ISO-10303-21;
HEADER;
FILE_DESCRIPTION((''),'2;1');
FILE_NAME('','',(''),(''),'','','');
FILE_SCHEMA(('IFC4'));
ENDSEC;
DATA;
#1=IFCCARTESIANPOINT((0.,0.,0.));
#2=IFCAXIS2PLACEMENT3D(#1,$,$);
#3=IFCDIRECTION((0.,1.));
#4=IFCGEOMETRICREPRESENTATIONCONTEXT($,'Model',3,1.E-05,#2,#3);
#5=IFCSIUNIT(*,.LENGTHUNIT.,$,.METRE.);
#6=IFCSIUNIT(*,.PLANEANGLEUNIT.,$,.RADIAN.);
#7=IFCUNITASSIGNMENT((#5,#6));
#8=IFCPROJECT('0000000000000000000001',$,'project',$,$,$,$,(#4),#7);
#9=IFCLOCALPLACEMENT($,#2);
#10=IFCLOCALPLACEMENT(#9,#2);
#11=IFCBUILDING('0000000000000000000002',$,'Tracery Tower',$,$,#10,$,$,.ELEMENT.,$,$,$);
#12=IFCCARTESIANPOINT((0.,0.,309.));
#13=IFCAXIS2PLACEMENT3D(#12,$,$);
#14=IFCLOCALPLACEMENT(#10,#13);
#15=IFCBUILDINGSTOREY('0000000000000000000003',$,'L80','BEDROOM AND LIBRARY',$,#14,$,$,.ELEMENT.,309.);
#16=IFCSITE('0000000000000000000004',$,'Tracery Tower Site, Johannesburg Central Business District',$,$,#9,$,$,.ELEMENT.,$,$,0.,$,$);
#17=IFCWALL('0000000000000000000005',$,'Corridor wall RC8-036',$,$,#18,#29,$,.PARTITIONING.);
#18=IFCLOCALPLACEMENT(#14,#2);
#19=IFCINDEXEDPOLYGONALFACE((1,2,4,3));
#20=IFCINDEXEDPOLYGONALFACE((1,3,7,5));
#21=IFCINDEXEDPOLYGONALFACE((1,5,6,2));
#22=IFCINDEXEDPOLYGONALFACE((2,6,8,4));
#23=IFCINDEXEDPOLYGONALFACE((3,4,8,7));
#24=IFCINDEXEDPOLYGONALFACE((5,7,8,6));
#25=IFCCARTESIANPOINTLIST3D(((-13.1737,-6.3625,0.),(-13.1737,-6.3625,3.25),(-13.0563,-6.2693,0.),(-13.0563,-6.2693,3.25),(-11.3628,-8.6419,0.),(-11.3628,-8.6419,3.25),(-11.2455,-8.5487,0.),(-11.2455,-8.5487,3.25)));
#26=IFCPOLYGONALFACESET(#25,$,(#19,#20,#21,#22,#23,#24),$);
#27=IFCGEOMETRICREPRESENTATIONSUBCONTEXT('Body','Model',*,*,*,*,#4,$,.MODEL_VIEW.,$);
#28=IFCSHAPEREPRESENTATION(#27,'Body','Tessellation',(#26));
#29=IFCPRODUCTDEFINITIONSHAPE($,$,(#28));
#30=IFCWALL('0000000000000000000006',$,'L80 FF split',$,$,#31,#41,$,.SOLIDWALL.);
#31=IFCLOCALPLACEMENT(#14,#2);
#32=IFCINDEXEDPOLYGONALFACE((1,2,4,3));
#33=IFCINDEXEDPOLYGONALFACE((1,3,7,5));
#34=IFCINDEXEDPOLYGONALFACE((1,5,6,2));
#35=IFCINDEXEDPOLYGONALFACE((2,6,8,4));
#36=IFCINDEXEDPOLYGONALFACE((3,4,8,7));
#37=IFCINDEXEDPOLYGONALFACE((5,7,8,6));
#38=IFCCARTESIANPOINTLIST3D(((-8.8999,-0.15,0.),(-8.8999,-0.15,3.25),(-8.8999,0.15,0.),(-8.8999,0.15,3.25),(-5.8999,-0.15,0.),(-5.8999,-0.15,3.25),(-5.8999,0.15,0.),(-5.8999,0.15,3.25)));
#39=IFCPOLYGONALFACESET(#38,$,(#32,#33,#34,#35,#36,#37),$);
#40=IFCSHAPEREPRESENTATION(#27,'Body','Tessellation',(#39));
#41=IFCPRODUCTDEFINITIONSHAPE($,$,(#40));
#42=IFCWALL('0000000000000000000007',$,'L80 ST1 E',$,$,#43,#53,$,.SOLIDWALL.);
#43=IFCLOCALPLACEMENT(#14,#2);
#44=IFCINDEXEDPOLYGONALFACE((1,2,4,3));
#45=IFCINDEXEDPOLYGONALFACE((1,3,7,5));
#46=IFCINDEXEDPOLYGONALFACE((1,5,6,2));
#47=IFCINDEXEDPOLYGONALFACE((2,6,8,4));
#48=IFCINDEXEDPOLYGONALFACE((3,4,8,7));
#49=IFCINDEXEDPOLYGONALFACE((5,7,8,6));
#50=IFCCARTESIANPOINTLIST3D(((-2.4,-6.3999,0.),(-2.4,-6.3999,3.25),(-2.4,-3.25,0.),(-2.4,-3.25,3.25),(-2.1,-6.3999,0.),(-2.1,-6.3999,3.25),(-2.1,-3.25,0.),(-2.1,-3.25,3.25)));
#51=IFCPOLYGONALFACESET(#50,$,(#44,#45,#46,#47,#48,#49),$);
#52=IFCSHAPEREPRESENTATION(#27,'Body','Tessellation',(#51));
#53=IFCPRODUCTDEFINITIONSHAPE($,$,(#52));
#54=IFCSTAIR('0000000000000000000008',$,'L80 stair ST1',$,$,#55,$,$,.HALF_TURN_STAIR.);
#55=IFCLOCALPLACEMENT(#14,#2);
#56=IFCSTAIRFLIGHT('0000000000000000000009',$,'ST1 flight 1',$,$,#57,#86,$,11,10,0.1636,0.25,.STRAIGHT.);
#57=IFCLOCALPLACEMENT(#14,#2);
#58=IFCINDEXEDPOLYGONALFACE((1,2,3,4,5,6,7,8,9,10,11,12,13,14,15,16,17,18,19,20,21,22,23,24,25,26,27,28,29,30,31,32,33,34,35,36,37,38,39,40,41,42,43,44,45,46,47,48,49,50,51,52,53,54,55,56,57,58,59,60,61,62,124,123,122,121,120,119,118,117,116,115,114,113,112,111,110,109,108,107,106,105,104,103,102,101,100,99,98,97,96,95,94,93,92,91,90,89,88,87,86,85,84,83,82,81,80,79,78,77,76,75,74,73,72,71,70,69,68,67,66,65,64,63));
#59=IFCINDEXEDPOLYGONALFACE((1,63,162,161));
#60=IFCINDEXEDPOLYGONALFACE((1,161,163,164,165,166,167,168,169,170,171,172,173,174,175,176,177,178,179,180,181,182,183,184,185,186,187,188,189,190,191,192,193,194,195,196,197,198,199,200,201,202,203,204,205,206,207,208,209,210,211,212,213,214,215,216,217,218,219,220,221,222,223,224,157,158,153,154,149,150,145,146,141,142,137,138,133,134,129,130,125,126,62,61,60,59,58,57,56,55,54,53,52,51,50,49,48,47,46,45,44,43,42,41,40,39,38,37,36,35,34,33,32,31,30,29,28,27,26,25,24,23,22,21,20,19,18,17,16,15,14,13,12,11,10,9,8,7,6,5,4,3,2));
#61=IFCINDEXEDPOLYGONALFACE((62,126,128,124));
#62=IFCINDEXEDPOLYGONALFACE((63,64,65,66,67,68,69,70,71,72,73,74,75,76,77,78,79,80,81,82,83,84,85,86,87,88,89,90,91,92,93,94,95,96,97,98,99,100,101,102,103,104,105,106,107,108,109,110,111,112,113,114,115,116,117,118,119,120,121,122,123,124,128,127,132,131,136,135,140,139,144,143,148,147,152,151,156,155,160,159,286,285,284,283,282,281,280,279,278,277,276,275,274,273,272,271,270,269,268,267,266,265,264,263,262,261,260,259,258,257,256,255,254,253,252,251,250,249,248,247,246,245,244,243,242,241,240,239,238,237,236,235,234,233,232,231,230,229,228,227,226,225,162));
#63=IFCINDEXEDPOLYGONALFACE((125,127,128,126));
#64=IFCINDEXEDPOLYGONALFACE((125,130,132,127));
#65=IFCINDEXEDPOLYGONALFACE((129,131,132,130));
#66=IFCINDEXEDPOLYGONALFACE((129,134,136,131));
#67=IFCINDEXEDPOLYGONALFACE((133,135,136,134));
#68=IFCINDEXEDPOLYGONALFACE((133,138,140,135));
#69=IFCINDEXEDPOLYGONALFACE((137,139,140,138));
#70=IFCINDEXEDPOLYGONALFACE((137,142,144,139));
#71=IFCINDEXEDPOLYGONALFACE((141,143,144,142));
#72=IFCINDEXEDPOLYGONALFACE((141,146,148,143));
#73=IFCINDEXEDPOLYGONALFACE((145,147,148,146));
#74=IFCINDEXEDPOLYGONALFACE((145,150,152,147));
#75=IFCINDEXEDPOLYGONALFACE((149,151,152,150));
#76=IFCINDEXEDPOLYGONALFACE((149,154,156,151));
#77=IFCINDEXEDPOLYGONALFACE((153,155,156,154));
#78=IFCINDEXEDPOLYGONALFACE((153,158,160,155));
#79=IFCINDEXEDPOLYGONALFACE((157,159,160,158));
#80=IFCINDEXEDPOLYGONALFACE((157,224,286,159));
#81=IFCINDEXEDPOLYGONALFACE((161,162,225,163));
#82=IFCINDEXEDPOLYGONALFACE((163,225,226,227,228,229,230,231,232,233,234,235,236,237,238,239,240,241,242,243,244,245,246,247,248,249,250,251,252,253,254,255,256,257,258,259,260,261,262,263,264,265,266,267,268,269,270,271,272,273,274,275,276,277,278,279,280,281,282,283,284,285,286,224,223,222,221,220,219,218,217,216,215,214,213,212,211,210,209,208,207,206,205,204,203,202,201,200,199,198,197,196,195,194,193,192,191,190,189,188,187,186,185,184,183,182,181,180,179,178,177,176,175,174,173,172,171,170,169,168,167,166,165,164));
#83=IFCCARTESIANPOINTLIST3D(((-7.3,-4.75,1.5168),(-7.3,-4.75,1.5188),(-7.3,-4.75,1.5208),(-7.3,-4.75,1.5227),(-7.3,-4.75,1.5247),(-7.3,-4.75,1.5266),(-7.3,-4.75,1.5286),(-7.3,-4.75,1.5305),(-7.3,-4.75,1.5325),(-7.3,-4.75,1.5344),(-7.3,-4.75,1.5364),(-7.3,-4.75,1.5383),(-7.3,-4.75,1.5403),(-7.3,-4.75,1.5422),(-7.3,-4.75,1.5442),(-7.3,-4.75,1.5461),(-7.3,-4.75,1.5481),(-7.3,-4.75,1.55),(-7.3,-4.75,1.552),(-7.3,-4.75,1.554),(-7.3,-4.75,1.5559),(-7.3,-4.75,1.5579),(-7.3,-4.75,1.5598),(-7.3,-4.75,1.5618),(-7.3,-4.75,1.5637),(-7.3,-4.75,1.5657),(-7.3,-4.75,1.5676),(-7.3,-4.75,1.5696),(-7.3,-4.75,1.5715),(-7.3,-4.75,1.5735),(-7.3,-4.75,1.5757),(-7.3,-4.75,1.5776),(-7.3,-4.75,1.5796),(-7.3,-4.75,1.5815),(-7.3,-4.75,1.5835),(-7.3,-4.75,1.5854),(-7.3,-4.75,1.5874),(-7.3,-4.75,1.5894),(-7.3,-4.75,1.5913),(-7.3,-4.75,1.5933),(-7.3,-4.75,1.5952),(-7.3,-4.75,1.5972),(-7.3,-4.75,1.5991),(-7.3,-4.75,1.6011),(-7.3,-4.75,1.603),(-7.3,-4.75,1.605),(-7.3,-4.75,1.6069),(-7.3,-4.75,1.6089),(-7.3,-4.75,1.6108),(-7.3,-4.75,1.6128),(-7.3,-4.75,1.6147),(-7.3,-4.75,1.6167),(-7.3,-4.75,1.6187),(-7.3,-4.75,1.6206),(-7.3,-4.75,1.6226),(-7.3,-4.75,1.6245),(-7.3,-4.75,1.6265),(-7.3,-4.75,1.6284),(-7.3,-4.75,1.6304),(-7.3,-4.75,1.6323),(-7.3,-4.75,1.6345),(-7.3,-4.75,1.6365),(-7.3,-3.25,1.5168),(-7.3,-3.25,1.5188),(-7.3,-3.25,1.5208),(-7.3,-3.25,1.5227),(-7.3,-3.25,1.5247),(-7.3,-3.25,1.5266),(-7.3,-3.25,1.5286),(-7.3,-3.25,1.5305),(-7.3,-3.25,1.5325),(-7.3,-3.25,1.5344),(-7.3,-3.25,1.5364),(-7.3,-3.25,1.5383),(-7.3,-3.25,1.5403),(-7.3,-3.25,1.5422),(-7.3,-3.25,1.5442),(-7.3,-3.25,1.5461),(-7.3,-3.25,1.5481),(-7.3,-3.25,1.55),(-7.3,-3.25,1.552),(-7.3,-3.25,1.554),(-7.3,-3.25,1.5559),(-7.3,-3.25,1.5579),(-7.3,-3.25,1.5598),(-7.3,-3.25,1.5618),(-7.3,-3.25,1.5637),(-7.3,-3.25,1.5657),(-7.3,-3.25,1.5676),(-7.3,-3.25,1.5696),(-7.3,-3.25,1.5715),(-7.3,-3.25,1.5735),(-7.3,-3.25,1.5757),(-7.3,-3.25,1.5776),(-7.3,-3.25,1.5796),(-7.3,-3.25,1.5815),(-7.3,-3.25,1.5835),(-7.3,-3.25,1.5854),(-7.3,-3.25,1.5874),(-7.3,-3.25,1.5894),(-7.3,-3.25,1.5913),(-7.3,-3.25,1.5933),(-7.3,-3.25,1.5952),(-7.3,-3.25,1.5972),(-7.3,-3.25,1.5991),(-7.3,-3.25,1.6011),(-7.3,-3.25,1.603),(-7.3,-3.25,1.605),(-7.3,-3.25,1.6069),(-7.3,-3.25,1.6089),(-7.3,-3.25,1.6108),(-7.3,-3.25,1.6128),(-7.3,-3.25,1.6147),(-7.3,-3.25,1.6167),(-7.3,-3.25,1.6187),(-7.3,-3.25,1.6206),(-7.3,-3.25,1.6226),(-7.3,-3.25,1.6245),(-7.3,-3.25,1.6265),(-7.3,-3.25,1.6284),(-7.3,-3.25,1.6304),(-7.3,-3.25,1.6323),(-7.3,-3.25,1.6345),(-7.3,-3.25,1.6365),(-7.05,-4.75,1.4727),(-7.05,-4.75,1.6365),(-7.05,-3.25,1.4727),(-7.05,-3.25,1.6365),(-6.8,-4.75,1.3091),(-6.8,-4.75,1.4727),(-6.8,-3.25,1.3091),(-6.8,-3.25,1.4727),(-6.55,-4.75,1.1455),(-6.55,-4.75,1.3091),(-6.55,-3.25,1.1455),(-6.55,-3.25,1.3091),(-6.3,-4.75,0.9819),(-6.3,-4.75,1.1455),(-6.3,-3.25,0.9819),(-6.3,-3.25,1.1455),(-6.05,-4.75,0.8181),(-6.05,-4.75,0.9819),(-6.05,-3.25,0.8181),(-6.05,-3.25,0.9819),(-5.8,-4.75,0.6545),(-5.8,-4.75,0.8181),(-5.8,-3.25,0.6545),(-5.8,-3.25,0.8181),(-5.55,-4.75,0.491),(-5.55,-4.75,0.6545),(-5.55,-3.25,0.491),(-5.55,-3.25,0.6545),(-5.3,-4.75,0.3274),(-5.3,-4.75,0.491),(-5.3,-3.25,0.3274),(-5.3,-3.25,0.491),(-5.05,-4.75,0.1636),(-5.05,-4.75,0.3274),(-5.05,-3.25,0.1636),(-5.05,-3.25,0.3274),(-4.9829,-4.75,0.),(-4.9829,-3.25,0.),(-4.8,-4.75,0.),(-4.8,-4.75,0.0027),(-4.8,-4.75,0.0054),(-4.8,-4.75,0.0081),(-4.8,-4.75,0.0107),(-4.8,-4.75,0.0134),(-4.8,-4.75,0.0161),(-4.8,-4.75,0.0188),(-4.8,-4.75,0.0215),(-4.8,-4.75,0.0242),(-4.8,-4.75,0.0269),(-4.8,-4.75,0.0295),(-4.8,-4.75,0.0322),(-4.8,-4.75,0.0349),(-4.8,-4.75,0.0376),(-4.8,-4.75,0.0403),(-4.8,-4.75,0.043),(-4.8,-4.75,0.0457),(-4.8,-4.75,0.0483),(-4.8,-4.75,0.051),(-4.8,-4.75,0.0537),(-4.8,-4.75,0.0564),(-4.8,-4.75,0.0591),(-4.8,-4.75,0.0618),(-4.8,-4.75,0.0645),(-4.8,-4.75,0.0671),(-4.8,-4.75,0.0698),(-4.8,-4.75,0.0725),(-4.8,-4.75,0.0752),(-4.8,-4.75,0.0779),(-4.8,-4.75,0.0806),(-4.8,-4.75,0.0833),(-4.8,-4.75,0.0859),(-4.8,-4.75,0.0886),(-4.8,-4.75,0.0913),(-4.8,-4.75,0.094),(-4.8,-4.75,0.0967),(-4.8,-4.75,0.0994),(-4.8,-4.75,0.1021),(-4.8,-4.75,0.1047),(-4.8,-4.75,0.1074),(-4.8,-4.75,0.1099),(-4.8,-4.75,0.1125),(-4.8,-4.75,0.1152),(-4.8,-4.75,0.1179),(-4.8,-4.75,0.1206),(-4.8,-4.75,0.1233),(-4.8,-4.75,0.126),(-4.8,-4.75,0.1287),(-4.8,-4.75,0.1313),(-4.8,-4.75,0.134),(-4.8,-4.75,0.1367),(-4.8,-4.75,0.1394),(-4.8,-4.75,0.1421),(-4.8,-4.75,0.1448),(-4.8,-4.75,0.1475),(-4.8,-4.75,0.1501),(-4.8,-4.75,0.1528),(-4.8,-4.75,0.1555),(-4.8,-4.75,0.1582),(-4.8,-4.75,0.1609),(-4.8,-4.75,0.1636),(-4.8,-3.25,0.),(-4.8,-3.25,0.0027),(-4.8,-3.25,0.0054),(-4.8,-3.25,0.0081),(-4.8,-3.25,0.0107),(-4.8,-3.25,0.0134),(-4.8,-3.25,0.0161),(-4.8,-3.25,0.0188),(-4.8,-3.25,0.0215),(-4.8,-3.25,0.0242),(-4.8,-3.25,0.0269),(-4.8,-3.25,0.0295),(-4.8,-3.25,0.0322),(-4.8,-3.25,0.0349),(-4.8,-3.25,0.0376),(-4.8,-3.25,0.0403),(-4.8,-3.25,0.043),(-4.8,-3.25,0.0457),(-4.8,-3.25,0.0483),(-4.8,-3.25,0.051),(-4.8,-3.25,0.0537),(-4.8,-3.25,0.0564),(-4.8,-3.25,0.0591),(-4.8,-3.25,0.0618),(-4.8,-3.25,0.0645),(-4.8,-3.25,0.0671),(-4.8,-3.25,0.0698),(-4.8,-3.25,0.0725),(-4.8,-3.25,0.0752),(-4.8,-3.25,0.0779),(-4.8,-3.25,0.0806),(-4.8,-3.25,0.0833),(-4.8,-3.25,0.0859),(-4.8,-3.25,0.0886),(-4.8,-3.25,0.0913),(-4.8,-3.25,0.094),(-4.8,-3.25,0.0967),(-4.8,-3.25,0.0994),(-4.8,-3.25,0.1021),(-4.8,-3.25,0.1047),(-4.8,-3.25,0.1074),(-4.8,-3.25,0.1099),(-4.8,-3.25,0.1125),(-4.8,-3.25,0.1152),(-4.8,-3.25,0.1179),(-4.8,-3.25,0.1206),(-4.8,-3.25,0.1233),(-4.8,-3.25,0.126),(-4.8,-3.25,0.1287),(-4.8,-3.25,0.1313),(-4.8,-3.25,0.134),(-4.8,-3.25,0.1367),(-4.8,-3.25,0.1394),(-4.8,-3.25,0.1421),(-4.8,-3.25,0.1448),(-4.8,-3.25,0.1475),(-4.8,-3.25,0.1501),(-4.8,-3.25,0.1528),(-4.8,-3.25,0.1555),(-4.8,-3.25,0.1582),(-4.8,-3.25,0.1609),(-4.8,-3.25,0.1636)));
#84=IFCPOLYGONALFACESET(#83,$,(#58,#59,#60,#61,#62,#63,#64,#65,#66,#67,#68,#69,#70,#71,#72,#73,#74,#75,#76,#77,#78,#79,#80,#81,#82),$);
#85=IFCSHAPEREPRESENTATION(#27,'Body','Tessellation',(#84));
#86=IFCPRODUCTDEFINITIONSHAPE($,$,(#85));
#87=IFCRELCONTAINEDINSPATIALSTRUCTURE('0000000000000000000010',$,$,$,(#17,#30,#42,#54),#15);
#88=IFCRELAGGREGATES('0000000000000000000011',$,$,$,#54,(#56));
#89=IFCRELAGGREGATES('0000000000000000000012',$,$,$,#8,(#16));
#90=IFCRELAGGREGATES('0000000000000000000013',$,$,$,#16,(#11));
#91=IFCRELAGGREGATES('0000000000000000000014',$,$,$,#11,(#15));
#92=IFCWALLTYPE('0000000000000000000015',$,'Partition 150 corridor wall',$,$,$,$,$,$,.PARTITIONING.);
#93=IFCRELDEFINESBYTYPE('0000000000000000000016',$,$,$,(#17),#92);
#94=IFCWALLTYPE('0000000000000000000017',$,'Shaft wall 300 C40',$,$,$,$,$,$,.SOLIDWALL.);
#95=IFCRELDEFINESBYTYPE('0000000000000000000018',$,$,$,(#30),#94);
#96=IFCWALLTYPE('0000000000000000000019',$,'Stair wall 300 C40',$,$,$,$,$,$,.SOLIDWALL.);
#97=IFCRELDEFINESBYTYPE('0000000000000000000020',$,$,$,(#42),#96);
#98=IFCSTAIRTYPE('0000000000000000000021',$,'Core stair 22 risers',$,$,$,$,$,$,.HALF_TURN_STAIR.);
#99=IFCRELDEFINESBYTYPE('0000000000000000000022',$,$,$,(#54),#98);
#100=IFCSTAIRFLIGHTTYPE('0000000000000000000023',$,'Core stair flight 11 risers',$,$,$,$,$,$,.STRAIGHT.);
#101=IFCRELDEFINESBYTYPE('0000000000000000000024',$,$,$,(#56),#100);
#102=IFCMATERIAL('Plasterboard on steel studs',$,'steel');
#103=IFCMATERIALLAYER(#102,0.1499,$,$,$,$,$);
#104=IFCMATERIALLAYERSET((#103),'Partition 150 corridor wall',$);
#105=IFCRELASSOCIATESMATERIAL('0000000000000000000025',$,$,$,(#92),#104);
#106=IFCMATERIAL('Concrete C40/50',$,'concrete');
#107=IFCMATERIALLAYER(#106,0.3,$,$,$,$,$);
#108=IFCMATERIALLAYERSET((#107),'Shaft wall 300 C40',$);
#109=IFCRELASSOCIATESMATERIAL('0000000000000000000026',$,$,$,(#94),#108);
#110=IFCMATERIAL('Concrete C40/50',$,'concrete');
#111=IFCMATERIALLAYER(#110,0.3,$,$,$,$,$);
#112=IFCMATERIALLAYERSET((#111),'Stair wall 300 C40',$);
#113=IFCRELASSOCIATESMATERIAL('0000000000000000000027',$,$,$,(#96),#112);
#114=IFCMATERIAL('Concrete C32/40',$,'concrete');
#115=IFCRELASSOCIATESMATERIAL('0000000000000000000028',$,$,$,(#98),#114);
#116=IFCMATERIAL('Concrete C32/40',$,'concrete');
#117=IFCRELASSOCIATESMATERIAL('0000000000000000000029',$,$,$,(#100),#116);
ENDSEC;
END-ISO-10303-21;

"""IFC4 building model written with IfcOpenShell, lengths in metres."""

from ifc_helpers import new_model, si_unit, direction, frame, frame_2d, origin, place, context, subcontext, project, spatial, polyline, rectangle, outline, extrude, material, layer, layer_set, type_object, element, aggregate, save


model = new_model("IFC4")

# Units and contexts
model_context = context("Model", 3, precision=1e-05, world=origin(), true_north=direction((0.0, 1.0)))
body_context = subcontext(model_context, "Body", "Model", "MODEL_VIEW")
ifc_project = project(units=[si_unit("LENGTHUNIT", "METRE"), si_unit("PLANEANGLEUNIT", "RADIAN")], contexts=[model_context])

# Site, building, storey
site_placement = place(None, origin())
site = spatial("IfcSite", under=ifc_project, at=site_placement, Name="Tracery Tower Site, Johannesburg Central Business District", CompositionType="ELEMENT", RefElevation=0.0)
building_placement = place(site_placement, origin())
building = spatial("IfcBuilding", under=site, at=building_placement, Name="Tracery Tower", CompositionType="ELEMENT")
storey_placement = place(building_placement, frame((0.0, 0.0, 309.0)))
storey = spatial("IfcBuildingStorey", under=building, at=storey_placement, Name="L80", Description="BEDROOM AND LIBRARY", CompositionType="ELEMENT", Elevation=309.0)

# Shared definitions
ifc_material_1 = material(Name="Plasterboard on steel studs", Category="steel")
ifc_layer_1 = layer(ifc_material_1, 0.1499)
ifc_layer_set_1 = layer_set([ifc_layer_1], Name="Partition 150 corridor wall")
wall_type_1 = type_object("IfcWallType", Name="Partition 150 corridor wall", PredefinedType="PARTITIONING", material=ifc_layer_set_1)

# Walls
wall_1_placement = place(storey_placement, frame((-13.115, -6.3159, 0.0), z_axis=(0.0, 0.0, 1.0), x_axis=(0.622042, -0.782983, 0.0)))
element("IfcWall", 1, at=wall_1_placement, inside=storey, type_object=wall_type_1, Name="Corridor wall RC8-036", PredefinedType="PARTITIONING", context=body_context, shape_type="SweptSolid", body=[
    extrude(rectangle(XDim=2.9111, YDim=0.1499, at=frame_2d((1.4556, 0.0))), origin(), (0.0, 0.0, 1.0), 3.25),
])
ifc_material_2 = material(Name="Concrete C40/50", Category="concrete")
ifc_layer_2 = layer(ifc_material_2, 0.3)
ifc_layer_set_2 = layer_set([ifc_layer_2], Name="Shaft wall 300 C40")
wall_type_2 = type_object("IfcWallType", Name="Shaft wall 300 C40", PredefinedType="SOLIDWALL", material=ifc_layer_set_2)
wall_2_placement = place(storey_placement, frame((-8.8999, 0.0, 0.0), z_axis=(0.0, 0.0, 1.0), x_axis=(1.0, 0.0, 0.0)))
element("IfcWall", 2, at=wall_2_placement, inside=storey, type_object=wall_type_2, Name="L80 FF split", PredefinedType="SOLIDWALL", context=body_context, shape_type="SweptSolid", body=[
    extrude(rectangle(XDim=3.0, YDim=0.3, at=frame_2d((1.5, 0.0))), origin(), (0.0, 0.0, 1.0), 3.25),
])

# Shared definitions
ifc_material_3 = material(Name="Concrete C40/50", Category="concrete")
ifc_layer_3 = layer(ifc_material_3, 0.3)
ifc_layer_set_3 = layer_set([ifc_layer_3], Name="Stair wall 300 C40")
wall_type_3 = type_object("IfcWallType", Name="Stair wall 300 C40", PredefinedType="SOLIDWALL", material=ifc_layer_set_3)

# Wall
wall_3_placement = place(storey_placement, frame((-2.25, -6.3999, 0.0), z_axis=(0.0, 0.0, 1.0), x_axis=(0.0, 1.0, 0.0)))
element("IfcWall", 3, at=wall_3_placement, inside=storey, type_object=wall_type_3, Name="L80 ST1 E", PredefinedType="SOLIDWALL", context=body_context, shape_type="SweptSolid", body=[
    extrude(rectangle(XDim=3.1499, YDim=0.3, at=frame_2d((1.575, 0.0))), origin(), (0.0, 0.0, 1.0), 3.25),
])

# Stair, stair flight
ifc_material_4 = material(Name="Concrete C32/40", Category="concrete")
stair_type = type_object("IfcStairType", Name="Core stair 22 risers", PredefinedType="HALF_TURN_STAIR", material=ifc_material_4)
stair_placement = place(storey_placement, origin())
stair = element("IfcStair", 4, at=stair_placement, inside=storey, type_object=stair_type, Name="L80 stair ST1", PredefinedType="HALF_TURN_STAIR")
ifc_material_5 = material(Name="Concrete C32/40", Category="concrete")
stair_flight_type = type_object("IfcStairFlightType", Name="Core stair flight 11 risers", PredefinedType="STRAIGHT", material=ifc_material_5)
stair_flight_1_placement = place(storey_placement, frame((-4.8, -4.0, 0.0), z_axis=(0.0, 0.0, 1.0), x_axis=(-1.0, 0.0, 0.0)))
stair_flight_1 = element("IfcStairFlight", 5, at=stair_flight_1_placement, type_object=stair_flight_type, Name="ST1 flight 1", NumberOfRisers=11, NumberOfTreads=10, PredefinedType="STRAIGHT", RiserHeight=0.1636, TreadLength=0.25, context=body_context, shape_type="SweptSolid", body=[
    extrude(outline(polyline([(0.0, 0.0), (0.0, 0.0027), (0.0, 0.0054), (0.0, 0.0081), (0.0, 0.0107), (0.0, 0.0134), (0.0, 0.0161), (0.0, 0.0188), (0.0, 0.0215), (0.0, 0.0242), (0.0, 0.0269), (0.0, 0.0295), (0.0, 0.0322), (0.0, 0.0349), (0.0, 0.0376), (0.0, 0.0403), (0.0, 0.043), (0.0, 0.0457), (0.0, 0.0483), (0.0, 0.051), (0.0, 0.0537), (0.0, 0.0564), (0.0, 0.0591), (0.0, 0.0618), (0.0, 0.0645), (0.0, 0.0671), (0.0, 0.0698), (0.0, 0.0725), (0.0, 0.0752), (0.0, 0.0779), (0.0, 0.0806), (0.0, 0.0833), (0.0, 0.0859), (0.0, 0.0886), (0.0, 0.0913), (0.0, 0.094), (0.0, 0.0967), (0.0, 0.0994), (0.0, 0.1021), (0.0, 0.1047), (0.0, 0.1074), (0.0, 0.1099), (0.0, 0.1125), (0.0, 0.1152), (0.0, 0.1179), (0.0, 0.1206), (0.0, 0.1233), (0.0, 0.126), (0.0, 0.1287), (0.0, 0.1313), (0.0, 0.134), (0.0, 0.1367), (0.0, 0.1394), (0.0, 0.1421), (0.0, 0.1448), (0.0, 0.1475), (0.0, 0.1501), (0.0, 0.1528), (0.0, 0.1555), (0.0, 0.1582), (0.0, 0.1609), (0.0, 0.1636), (0.25, 0.1636), (0.25, 0.3274), (0.5, 0.3274), (0.5, 0.491), (0.75, 0.491), (0.75, 0.6545), (1.0, 0.6545), (1.0, 0.8181), (1.25, 0.8181), (1.25, 0.9819), (1.5, 0.9819), (1.5, 1.1455), (1.75, 1.1455), (1.75, 1.3091), (2.0, 1.3091), (2.0, 1.4727), (2.25, 1.4727), (2.25, 1.6365), (2.5, 1.6365), (2.5, 1.6345), (2.5, 1.6323), (2.5, 1.6304), (2.5, 1.6284), (2.5, 1.6265), (2.5, 1.6245), (2.5, 1.6226), (2.5, 1.6206), (2.5, 1.6187), (2.5, 1.6167), (2.5, 1.6147), (2.5, 1.6128), (2.5, 1.6108), (2.5, 1.6089), (2.5, 1.6069), (2.5, 1.605), (2.5, 1.603), (2.5, 1.6011), (2.5, 1.5991), (2.5, 1.5972), (2.5, 1.5952), (2.5, 1.5933), (2.5, 1.5913), (2.5, 1.5894), (2.5, 1.5874), (2.5, 1.5854), (2.5, 1.5835), (2.5, 1.5815), (2.5, 1.5796), (2.5, 1.5776), (2.5, 1.5757), (2.5, 1.5735), (2.5, 1.5715), (2.5, 1.5696), (2.5, 1.5676), (2.5, 1.5657), (2.5, 1.5637), (2.5, 1.5618), (2.5, 1.5598), (2.5, 1.5579), (2.5, 1.5559), (2.5, 1.554), (2.5, 1.552), (2.5, 1.55), (2.5, 1.5481), (2.5, 1.5461), (2.5, 1.5442), (2.5, 1.5422), (2.5, 1.5403), (2.5, 1.5383), (2.5, 1.5364), (2.5, 1.5344), (2.5, 1.5325), (2.5, 1.5305), (2.5, 1.5286), (2.5, 1.5266), (2.5, 1.5247), (2.5, 1.5227), (2.5, 1.5208), (2.5, 1.5188), (2.5, 1.5168), (0.1829, 0.0), (0.0, 0.0)])), frame((0.0, 0.75, 0.0), z_axis=(0.0, -1.0, 0.0), x_axis=(1.0, 0.0, 0.0)), (0.0, 0.0, 1.0), 1.5),
])
aggregate(stair, [stair_flight_1])

save(model, "model.ifc")
